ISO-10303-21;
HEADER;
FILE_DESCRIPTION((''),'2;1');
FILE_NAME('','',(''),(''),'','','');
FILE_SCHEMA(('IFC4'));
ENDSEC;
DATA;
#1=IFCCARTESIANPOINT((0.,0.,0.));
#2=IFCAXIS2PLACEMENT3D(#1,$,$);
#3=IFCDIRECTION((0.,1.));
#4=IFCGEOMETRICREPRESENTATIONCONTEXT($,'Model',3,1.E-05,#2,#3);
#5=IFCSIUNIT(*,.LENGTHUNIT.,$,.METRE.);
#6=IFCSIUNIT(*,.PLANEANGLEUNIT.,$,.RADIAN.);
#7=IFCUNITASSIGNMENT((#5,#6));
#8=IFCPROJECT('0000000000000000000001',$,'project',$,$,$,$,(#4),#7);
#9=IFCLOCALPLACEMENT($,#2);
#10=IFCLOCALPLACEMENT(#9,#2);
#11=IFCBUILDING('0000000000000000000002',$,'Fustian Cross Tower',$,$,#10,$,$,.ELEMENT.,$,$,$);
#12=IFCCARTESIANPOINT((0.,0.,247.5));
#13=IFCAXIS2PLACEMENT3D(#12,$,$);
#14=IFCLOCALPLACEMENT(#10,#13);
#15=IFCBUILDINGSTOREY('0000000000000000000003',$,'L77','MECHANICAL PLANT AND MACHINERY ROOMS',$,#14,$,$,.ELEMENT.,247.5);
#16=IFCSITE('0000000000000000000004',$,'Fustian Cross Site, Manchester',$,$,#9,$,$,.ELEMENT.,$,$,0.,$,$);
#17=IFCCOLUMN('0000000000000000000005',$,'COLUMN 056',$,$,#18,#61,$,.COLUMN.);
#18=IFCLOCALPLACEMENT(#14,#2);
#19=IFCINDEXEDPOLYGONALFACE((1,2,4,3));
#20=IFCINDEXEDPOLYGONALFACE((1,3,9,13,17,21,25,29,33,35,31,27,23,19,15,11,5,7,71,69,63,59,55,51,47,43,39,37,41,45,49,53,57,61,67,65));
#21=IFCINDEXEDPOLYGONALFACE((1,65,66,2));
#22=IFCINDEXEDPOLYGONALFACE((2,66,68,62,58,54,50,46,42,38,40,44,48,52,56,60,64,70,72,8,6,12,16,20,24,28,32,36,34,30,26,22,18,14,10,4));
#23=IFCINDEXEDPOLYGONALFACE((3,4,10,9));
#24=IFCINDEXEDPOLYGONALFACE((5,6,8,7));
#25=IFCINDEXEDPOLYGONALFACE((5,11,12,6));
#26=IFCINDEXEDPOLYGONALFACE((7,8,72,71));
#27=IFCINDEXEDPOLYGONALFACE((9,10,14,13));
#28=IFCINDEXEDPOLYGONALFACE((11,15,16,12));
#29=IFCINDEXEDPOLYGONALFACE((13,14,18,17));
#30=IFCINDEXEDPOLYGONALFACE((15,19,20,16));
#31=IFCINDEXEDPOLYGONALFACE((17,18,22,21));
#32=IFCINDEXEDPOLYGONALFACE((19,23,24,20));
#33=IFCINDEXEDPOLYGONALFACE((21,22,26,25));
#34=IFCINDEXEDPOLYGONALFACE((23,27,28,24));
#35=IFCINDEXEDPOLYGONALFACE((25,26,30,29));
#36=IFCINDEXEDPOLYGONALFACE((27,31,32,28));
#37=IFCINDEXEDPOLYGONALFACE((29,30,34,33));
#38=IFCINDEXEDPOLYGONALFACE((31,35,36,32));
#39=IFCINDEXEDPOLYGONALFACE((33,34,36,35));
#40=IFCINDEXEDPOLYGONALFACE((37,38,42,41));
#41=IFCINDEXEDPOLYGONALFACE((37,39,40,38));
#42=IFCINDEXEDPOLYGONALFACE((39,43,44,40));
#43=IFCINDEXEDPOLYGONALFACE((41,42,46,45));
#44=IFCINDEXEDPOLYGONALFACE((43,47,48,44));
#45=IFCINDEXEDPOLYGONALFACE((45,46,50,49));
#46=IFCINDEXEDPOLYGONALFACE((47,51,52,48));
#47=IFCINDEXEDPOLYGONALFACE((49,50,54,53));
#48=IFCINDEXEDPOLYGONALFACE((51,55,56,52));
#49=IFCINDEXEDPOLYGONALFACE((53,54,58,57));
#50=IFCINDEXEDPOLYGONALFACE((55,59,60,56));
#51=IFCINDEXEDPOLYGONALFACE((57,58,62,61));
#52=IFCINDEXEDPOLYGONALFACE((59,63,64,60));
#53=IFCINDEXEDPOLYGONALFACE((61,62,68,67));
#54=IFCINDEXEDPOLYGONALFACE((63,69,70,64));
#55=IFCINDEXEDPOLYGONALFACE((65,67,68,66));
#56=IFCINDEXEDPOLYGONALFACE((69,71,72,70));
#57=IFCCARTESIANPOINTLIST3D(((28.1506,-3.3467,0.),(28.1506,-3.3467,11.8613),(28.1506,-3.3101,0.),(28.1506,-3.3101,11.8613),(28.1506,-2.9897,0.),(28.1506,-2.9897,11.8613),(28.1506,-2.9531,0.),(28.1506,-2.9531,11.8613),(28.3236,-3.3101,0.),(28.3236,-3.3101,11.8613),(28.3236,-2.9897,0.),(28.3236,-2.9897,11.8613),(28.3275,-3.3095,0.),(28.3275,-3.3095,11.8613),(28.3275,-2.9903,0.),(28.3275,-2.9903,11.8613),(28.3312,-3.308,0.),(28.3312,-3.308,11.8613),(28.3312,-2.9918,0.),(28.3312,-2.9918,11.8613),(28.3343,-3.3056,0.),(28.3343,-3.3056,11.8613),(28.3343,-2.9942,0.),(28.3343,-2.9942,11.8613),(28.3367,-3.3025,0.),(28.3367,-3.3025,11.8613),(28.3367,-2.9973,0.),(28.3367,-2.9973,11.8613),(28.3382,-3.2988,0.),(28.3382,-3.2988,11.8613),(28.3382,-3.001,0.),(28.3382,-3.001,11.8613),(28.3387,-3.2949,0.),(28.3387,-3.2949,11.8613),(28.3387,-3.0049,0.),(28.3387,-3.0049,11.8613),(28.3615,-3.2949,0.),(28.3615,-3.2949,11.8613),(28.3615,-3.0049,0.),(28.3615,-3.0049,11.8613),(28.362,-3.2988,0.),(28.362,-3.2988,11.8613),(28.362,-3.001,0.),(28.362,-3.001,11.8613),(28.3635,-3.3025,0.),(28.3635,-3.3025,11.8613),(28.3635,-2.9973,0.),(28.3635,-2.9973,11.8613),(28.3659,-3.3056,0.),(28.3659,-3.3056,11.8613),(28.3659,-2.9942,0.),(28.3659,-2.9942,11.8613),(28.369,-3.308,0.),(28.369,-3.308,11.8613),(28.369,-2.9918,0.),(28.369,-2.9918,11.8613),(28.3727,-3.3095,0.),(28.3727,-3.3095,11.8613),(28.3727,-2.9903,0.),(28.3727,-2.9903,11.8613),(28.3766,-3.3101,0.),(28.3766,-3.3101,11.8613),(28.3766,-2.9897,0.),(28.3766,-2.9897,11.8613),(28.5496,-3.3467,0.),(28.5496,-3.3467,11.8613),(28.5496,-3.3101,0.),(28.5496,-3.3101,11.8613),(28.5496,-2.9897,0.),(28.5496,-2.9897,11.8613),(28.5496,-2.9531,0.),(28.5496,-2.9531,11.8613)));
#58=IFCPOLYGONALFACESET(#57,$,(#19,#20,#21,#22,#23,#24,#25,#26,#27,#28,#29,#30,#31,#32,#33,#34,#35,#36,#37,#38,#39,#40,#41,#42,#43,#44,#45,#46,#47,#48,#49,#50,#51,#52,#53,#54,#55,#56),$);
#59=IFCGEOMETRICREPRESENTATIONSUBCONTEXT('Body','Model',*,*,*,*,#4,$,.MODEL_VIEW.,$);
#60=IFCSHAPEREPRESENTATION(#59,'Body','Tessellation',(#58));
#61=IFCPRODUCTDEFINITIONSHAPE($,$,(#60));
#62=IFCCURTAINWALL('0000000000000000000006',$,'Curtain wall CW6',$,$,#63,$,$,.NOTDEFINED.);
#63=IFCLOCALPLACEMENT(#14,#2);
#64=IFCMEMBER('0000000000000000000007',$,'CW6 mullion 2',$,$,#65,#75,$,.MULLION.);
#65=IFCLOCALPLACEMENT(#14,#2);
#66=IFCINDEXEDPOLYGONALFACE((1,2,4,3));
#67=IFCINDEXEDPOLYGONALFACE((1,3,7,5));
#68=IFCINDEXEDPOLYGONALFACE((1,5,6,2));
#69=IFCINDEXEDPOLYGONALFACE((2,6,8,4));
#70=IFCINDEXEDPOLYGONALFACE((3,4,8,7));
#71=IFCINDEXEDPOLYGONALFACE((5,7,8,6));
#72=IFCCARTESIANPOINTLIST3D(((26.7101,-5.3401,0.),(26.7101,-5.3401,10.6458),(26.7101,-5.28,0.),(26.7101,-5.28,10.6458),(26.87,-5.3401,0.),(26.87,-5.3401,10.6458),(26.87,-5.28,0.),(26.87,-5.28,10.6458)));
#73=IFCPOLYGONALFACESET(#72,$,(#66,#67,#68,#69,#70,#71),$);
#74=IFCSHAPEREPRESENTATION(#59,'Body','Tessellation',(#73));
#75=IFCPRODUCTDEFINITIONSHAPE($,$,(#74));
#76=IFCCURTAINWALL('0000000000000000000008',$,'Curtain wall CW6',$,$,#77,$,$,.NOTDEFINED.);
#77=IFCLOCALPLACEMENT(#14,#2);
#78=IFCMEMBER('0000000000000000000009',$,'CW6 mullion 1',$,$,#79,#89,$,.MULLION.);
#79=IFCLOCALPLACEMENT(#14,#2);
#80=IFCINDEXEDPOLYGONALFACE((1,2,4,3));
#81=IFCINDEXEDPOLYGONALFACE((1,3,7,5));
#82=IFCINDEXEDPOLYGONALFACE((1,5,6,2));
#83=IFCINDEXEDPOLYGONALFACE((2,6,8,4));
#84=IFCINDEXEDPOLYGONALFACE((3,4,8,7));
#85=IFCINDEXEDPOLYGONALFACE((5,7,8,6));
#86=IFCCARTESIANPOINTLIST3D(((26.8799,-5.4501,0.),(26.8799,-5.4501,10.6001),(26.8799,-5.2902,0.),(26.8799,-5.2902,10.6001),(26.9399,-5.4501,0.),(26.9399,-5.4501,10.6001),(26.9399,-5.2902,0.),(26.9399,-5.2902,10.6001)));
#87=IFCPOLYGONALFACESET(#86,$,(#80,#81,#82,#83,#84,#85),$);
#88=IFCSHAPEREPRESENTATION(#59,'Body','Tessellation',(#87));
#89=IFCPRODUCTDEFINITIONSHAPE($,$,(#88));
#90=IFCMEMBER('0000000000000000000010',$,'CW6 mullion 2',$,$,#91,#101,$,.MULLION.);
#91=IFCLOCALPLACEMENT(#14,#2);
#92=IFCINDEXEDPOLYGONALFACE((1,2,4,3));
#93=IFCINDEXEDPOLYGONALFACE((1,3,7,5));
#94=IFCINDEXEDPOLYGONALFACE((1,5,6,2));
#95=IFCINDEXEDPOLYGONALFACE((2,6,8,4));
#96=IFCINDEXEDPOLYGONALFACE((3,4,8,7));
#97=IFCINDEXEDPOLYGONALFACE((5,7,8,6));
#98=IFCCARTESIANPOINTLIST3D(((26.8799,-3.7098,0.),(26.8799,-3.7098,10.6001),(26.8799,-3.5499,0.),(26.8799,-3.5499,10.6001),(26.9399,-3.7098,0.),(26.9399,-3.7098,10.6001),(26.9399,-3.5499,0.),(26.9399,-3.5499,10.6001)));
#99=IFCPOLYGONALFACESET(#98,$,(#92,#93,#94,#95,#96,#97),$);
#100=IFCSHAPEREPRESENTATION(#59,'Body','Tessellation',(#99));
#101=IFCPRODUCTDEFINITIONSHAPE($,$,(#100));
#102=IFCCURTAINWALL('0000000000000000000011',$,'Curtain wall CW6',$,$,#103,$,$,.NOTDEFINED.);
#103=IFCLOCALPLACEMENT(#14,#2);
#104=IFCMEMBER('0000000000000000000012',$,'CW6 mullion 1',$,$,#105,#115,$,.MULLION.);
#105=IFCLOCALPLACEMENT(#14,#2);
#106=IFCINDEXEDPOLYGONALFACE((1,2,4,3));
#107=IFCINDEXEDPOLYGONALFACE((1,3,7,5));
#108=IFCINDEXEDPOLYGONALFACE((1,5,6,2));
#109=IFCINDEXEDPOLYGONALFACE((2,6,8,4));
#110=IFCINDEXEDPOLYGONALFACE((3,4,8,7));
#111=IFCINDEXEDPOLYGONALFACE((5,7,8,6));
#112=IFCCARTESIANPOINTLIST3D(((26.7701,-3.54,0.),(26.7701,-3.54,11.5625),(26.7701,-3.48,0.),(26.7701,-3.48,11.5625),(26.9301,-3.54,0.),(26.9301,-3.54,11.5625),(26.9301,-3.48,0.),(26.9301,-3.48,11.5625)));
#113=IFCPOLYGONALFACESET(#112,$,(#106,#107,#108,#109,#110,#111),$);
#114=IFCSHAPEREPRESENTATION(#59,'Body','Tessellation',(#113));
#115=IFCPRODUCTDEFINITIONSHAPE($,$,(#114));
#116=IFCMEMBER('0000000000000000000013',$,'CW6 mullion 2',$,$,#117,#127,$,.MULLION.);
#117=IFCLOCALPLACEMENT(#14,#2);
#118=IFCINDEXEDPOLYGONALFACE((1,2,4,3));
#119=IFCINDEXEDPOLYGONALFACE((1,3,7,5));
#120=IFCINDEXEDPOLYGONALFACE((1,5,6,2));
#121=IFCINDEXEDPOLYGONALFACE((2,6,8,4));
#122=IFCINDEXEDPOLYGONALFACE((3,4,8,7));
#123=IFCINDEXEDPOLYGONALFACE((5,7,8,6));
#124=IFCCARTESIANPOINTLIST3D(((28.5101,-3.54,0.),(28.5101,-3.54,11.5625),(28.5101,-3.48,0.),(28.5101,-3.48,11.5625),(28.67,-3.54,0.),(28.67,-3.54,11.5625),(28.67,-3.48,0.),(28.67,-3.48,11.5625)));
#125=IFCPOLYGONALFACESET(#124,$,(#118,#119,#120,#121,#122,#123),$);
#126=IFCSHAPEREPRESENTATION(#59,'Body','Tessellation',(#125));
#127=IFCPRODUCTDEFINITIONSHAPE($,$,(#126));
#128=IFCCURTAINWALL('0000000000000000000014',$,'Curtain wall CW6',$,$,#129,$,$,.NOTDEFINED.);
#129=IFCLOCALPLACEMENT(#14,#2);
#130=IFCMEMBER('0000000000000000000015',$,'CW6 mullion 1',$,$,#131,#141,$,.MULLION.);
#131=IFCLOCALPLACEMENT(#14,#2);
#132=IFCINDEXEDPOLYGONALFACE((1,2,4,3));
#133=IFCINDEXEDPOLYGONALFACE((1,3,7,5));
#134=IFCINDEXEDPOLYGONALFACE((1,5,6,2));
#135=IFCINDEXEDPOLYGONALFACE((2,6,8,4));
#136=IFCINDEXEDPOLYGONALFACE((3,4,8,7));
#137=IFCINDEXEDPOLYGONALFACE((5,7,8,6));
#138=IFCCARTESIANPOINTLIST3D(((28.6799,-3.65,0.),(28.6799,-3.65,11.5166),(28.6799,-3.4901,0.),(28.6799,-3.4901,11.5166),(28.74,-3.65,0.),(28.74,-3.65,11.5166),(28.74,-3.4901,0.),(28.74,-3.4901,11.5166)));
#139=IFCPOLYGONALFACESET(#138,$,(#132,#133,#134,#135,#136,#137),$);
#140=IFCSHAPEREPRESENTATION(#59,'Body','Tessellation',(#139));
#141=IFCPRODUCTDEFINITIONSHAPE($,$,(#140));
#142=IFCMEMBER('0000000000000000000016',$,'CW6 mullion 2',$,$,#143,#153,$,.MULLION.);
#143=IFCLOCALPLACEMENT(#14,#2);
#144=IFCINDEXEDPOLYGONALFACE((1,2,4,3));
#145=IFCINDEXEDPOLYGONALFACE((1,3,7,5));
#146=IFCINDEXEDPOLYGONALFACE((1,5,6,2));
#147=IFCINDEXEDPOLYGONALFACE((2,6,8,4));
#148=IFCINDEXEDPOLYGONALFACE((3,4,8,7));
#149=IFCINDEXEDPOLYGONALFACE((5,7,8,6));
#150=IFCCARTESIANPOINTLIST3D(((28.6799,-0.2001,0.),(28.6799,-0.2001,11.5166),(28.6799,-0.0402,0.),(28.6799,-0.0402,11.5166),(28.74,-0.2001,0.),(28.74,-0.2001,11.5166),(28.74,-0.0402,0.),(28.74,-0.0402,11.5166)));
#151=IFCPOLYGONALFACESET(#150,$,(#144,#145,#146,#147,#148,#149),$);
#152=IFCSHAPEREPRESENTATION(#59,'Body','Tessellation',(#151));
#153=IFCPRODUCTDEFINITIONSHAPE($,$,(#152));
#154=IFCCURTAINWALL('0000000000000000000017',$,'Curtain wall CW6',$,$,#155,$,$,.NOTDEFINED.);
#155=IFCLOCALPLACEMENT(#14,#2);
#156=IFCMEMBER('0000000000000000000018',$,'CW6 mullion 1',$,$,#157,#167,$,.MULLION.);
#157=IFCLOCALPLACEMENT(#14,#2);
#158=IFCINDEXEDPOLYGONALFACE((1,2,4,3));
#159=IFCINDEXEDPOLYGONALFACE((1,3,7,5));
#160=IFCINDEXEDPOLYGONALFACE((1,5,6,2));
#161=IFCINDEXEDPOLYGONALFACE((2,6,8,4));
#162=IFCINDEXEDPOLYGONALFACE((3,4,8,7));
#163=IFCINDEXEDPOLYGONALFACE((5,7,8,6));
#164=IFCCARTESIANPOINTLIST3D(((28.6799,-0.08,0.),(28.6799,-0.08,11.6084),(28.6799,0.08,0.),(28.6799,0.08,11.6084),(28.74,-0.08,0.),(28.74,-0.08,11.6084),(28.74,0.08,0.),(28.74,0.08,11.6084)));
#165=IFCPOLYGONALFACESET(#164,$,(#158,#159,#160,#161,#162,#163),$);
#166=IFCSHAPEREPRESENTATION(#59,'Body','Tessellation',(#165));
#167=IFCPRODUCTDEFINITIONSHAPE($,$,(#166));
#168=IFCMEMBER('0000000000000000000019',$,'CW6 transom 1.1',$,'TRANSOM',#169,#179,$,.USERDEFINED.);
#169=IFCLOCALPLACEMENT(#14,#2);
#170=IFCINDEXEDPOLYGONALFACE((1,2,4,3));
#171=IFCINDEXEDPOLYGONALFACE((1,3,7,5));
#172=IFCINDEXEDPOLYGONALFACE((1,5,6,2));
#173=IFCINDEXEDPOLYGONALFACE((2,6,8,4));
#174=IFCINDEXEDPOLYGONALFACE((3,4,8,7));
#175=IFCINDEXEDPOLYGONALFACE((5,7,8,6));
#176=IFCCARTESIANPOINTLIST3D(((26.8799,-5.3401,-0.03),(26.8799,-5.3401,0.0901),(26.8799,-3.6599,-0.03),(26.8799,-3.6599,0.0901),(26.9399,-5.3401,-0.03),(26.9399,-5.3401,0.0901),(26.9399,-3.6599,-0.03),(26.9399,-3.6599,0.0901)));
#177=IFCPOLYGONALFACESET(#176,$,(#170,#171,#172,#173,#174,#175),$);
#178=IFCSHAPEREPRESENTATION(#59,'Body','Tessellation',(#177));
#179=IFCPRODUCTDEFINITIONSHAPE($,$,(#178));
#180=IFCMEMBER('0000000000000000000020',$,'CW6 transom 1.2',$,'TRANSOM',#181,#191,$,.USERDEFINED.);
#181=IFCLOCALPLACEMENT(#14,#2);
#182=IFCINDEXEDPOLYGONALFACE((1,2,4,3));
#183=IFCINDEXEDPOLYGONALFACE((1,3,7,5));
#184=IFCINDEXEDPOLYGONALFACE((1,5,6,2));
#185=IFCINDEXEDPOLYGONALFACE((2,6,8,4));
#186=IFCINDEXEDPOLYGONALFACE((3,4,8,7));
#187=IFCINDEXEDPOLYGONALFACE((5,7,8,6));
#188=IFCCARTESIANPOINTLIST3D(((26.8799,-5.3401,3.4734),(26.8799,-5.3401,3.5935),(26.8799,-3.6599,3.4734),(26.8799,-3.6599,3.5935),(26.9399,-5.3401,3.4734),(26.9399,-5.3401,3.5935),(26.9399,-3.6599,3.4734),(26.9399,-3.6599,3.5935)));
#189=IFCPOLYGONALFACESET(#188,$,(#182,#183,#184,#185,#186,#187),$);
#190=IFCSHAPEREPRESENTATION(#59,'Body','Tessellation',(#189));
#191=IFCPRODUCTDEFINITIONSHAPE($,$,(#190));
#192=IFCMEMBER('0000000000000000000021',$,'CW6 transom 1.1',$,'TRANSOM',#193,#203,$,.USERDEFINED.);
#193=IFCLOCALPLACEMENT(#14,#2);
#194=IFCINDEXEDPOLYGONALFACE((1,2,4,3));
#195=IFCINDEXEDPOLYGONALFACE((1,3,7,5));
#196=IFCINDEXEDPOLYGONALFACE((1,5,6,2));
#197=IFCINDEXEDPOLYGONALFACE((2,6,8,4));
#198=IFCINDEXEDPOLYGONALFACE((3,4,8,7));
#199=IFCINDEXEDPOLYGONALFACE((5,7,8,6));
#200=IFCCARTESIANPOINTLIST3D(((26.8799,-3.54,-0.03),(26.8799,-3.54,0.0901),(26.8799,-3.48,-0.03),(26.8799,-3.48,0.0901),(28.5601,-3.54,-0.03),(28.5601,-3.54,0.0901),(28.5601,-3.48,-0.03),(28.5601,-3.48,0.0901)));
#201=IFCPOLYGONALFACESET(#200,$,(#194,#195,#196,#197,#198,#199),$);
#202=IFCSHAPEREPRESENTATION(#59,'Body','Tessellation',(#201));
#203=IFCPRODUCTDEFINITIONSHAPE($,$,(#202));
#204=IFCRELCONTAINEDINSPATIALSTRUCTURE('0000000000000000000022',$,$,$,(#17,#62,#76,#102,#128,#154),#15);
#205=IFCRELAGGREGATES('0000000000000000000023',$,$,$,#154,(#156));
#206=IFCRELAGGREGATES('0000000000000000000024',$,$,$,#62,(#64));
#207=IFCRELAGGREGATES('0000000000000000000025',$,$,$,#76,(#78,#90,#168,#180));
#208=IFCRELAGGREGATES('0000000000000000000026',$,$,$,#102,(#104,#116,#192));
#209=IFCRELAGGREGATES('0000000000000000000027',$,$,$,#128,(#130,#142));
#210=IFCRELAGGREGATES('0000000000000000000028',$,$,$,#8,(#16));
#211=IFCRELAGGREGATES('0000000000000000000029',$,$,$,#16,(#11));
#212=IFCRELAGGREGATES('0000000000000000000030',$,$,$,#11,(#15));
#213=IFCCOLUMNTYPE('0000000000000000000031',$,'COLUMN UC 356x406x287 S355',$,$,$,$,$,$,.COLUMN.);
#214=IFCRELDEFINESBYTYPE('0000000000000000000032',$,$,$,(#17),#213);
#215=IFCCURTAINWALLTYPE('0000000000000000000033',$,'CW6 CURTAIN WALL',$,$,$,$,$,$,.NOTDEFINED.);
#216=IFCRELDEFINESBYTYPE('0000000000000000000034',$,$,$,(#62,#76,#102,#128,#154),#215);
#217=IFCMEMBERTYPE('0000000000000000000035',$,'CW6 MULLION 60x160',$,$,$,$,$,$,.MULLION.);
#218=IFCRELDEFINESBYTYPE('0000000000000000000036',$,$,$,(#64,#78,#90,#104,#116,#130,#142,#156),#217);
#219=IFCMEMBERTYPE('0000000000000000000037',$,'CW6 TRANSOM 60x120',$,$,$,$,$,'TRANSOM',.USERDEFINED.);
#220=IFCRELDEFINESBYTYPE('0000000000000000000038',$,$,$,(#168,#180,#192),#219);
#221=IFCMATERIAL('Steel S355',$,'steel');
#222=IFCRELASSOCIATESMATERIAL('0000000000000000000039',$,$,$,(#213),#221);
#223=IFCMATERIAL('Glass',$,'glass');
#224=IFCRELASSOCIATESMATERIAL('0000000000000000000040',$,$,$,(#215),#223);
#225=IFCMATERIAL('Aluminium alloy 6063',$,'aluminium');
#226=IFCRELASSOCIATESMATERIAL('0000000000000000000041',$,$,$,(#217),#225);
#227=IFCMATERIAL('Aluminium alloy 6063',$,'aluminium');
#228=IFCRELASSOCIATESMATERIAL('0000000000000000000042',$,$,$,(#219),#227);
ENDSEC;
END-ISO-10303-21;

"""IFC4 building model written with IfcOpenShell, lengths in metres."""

from ifc_helpers import new_model, si_unit, direction, frame, origin, origin_2d, place, context, subcontext, project, spatial, rectangle, i_section, extrude, material, material_profile, profile_set, type_object, element, aggregate, save


model = new_model("IFC4")

# Units and contexts
model_context = context("Model", 3, precision=1e-05, world=origin(), true_north=direction((0.0, 1.0)))
body_context = subcontext(model_context, "Body", "Model", "MODEL_VIEW")
ifc_project = project(units=[si_unit("LENGTHUNIT", "METRE"), si_unit("PLANEANGLEUNIT", "RADIAN")], contexts=[model_context])

# Site, building, storey
site_placement = place(None, origin())
site = spatial("IfcSite", under=ifc_project, at=site_placement, Name="Fustian Cross Site, Manchester", CompositionType="ELEMENT", RefElevation=0.0)
building_placement = place(site_placement, origin())
building = spatial("IfcBuilding", under=site, at=building_placement, Name="Fustian Cross Tower", CompositionType="ELEMENT")
storey_placement = place(building_placement, frame((0.0, 0.0, 247.5)))
storey = spatial("IfcBuildingStorey", under=building, at=storey_placement, Name="L77", Description="MECHANICAL PLANT AND MACHINERY ROOMS", CompositionType="ELEMENT", Elevation=247.5)

# Column
ifc_material_1 = material(Name="Steel S355", Category="steel")
ifc_material_profile_1 = material_profile(ifc_material_1, i_section(OverallWidth=0.3989, OverallDepth=0.3936, WebThickness=0.0227, FlangeThickness=0.0366, FilletRadius=0.0151, at=origin_2d()), Name="UC 356x406x287")
ifc_profile_set_1 = profile_set([ifc_material_profile_1], Name="Steel S355")
column_type = type_object("IfcColumnType", Name="COLUMN UC 356x406x287 S355", PredefinedType="COLUMN", material=ifc_profile_set_1)
column_placement = place(storey_placement, frame((28.3501, -3.1499, 0.0), z_axis=(0.0, 0.0, 1.0), x_axis=(1.0, 0.0, 0.0)))
element("IfcColumn", 1, at=column_placement, inside=storey, type_object=column_type, Name="COLUMN 056", PredefinedType="COLUMN", context=body_context, shape_type="SweptSolid", body=[
    extrude(i_section(OverallWidth=0.3989, OverallDepth=0.3936, WebThickness=0.0227, FlangeThickness=0.0366, FilletRadius=0.0151, at=origin_2d()), origin(), (0.0, 0.0, 1.0), 11.8613),
])

# Curtain wall, member
ifc_material_2 = material(Name="Glass", Category="glass")
curtain_wall_type = type_object("IfcCurtainWallType", Name="CW6 CURTAIN WALL", PredefinedType="NOTDEFINED", material=ifc_material_2)
curtain_wall_1_placement = place(storey_placement, origin())
curtain_wall_1 = element("IfcCurtainWall", 2, at=curtain_wall_1_placement, inside=storey, type_object=curtain_wall_type, Name="Curtain wall CW6", PredefinedType="NOTDEFINED")
ifc_material_3 = material(Name="Aluminium alloy 6063", Category="aluminium")
ifc_material_profile_2 = material_profile(ifc_material_3, rectangle(XDim=0.0601, YDim=0.1599, at=origin_2d()), Name="CW6 MULLION 60x160")
ifc_profile_set_2 = profile_set([ifc_material_profile_2], Name="Aluminium alloy 6063")
member_type_1 = type_object("IfcMemberType", Name="CW6 MULLION 60x160", PredefinedType="MULLION", material=ifc_profile_set_2)
member_1_placement = place(storey_placement, frame((26.79, -5.3101, 0.0), z_axis=(0.0, 0.0, 1.0), x_axis=(0.0, 1.0, 0.0)))
member_1 = element("IfcMember", 3, at=member_1_placement, type_object=member_type_1, Name="CW6 mullion 2", PredefinedType="MULLION", context=body_context, shape_type="SweptSolid", body=[
    extrude(rectangle(XDim=0.0601, YDim=0.1599, at=origin_2d()), origin(), (0.0, 0.0, 1.0), 10.6458),
])

# Curtain walls, members
curtain_wall_2_placement = place(storey_placement, origin())
curtain_wall_2 = element("IfcCurtainWall", 4, at=curtain_wall_2_placement, inside=storey, type_object=curtain_wall_type, Name="Curtain wall CW6", PredefinedType="NOTDEFINED")
member_2_placement = place(storey_placement, frame((26.9099, -5.3701, 0.0), z_axis=(0.0, 0.0, 1.0), x_axis=(-1.0, 0.0, 0.0)))
member_2 = element("IfcMember", 5, at=member_2_placement, type_object=member_type_1, Name="CW6 mullion 1", PredefinedType="MULLION", context=body_context, shape_type="SweptSolid", body=[
    extrude(rectangle(XDim=0.0601, YDim=0.1599, at=origin_2d()), origin(), (0.0, 0.0, 1.0), 10.6001),
])
member_3_placement = place(storey_placement, frame((26.9099, -3.6299, 0.0), z_axis=(0.0, 0.0, 1.0), x_axis=(-1.0, 0.0, 0.0)))
member_3 = element("IfcMember", 6, at=member_3_placement, type_object=member_type_1, Name="CW6 mullion 2", PredefinedType="MULLION", context=body_context, shape_type="SweptSolid", body=[
    extrude(rectangle(XDim=0.0601, YDim=0.1599, at=origin_2d()), origin(), (0.0, 0.0, 1.0), 10.6001),
])
curtain_wall_3_placement = place(storey_placement, origin())
curtain_wall_3 = element("IfcCurtainWall", 7, at=curtain_wall_3_placement, inside=storey, type_object=curtain_wall_type, Name="Curtain wall CW6", PredefinedType="NOTDEFINED")
member_4_placement = place(storey_placement, frame((26.8501, -3.51, 0.0), z_axis=(0.0, 0.0, 1.0), x_axis=(0.0, 1.0, 0.0)))
member_4 = element("IfcMember", 8, at=member_4_placement, type_object=member_type_1, Name="CW6 mullion 1", PredefinedType="MULLION", context=body_context, shape_type="SweptSolid", body=[
    extrude(rectangle(XDim=0.0601, YDim=0.1599, at=origin_2d()), origin(), (0.0, 0.0, 1.0), 11.5625),
])
member_5_placement = place(storey_placement, frame((28.5901, -3.51, 0.0), z_axis=(0.0, 0.0, 1.0), x_axis=(0.0, 1.0, 0.0)))
member_5 = element("IfcMember", 9, at=member_5_placement, type_object=member_type_1, Name="CW6 mullion 2", PredefinedType="MULLION", context=body_context, shape_type="SweptSolid", body=[
    extrude(rectangle(XDim=0.0601, YDim=0.1599, at=origin_2d()), origin(), (0.0, 0.0, 1.0), 11.5625),
])
curtain_wall_4_placement = place(storey_placement, origin())
curtain_wall_4 = element("IfcCurtainWall", 10, at=curtain_wall_4_placement, inside=storey, type_object=curtain_wall_type, Name="Curtain wall CW6", PredefinedType="NOTDEFINED")
member_6_placement = place(storey_placement, frame((28.71, -3.5701, 0.0), z_axis=(0.0, 0.0, 1.0), x_axis=(-1.0, 0.0, 0.0)))
member_6 = element("IfcMember", 11, at=member_6_placement, type_object=member_type_1, Name="CW6 mullion 1", PredefinedType="MULLION", context=body_context, shape_type="SweptSolid", body=[
    extrude(rectangle(XDim=0.0601, YDim=0.1599, at=origin_2d()), origin(), (0.0, 0.0, 1.0), 11.5166),
])
member_7_placement = place(storey_placement, frame((28.71, -0.1201, 0.0), z_axis=(0.0, 0.0, 1.0), x_axis=(-1.0, 0.0, 0.0)))
member_7 = element("IfcMember", 12, at=member_7_placement, type_object=member_type_1, Name="CW6 mullion 2", PredefinedType="MULLION", context=body_context, shape_type="SweptSolid", body=[
    extrude(rectangle(XDim=0.0601, YDim=0.1599, at=origin_2d()), origin(), (0.0, 0.0, 1.0), 11.5166),
])

# Curtain wall, member
curtain_wall_5_placement = place(storey_placement, origin())
curtain_wall_5 = element("IfcCurtainWall", 13, at=curtain_wall_5_placement, inside=storey, type_object=curtain_wall_type, Name="Curtain wall CW6", PredefinedType="NOTDEFINED")
member_8_placement = place(storey_placement, frame((28.71, 0.0, 0.0), z_axis=(0.0, 0.0, 1.0), x_axis=(-1.0, 0.0, 0.0)))
member_8 = element("IfcMember", 14, at=member_8_placement, type_object=member_type_1, Name="CW6 mullion 1", PredefinedType="MULLION", context=body_context, shape_type="SweptSolid", body=[
    extrude(rectangle(XDim=0.0601, YDim=0.1599, at=origin_2d()), origin(), (0.0, 0.0, 1.0), 11.6084),
])
aggregate(curtain_wall_5, [member_8])

# Members
ifc_material_4 = material(Name="Aluminium alloy 6063", Category="aluminium")
ifc_material_profile_3 = material_profile(ifc_material_4, rectangle(XDim=0.0601, YDim=0.1201, at=origin_2d()), Name="CW6 TRANSOM 60x120")
ifc_profile_set_3 = profile_set([ifc_material_profile_3], Name="Aluminium alloy 6063")
member_type_2 = type_object("IfcMemberType", Name="CW6 TRANSOM 60x120", ElementType="TRANSOM", PredefinedType="USERDEFINED", material=ifc_profile_set_3)
member_9_placement = place(storey_placement, frame((26.9099, -5.3401, 0.03), z_axis=(0.0, 1.0, 0.0), x_axis=(-1.0, 0.0, 0.0)))
member_9 = element("IfcMember", 15, at=member_9_placement, type_object=member_type_2, Name="CW6 transom 1.1", ObjectType="TRANSOM", PredefinedType="USERDEFINED", context=body_context, shape_type="SweptSolid", body=[
    extrude(rectangle(XDim=0.0601, YDim=0.1201, at=origin_2d()), origin(), (0.0, 0.0, 1.0), 1.6802),
])
member_10_placement = place(storey_placement, frame((26.9099, -5.3401, 3.5334), z_axis=(0.0, 1.0, 0.0), x_axis=(-1.0, 0.0, 0.0)))
member_10 = element("IfcMember", 16, at=member_10_placement, type_object=member_type_2, Name="CW6 transom 1.2", ObjectType="TRANSOM", PredefinedType="USERDEFINED", context=body_context, shape_type="SweptSolid", body=[
    extrude(rectangle(XDim=0.0601, YDim=0.1201, at=origin_2d()), origin(), (0.0, 0.0, 1.0), 1.6802),
])
member_11_placement = place(storey_placement, frame((26.8799, -3.51, 0.03), z_axis=(1.0, 0.0, 0.0), x_axis=(0.0, 1.0, 0.0)))
member_11 = element("IfcMember", 17, at=member_11_placement, type_object=member_type_2, Name="CW6 transom 1.1", ObjectType="TRANSOM", PredefinedType="USERDEFINED", context=body_context, shape_type="SweptSolid", body=[
    extrude(rectangle(XDim=0.0601, YDim=0.1201, at=origin_2d()), origin(), (0.0, 0.0, 1.0), 1.6802),
])

aggregate(curtain_wall_1, [member_1])
aggregate(curtain_wall_2, [member_2, member_3, member_9, member_10])
aggregate(curtain_wall_3, [member_4, member_5, member_11])
aggregate(curtain_wall_4, [member_6, member_7])

save(model, "model.ifc")
